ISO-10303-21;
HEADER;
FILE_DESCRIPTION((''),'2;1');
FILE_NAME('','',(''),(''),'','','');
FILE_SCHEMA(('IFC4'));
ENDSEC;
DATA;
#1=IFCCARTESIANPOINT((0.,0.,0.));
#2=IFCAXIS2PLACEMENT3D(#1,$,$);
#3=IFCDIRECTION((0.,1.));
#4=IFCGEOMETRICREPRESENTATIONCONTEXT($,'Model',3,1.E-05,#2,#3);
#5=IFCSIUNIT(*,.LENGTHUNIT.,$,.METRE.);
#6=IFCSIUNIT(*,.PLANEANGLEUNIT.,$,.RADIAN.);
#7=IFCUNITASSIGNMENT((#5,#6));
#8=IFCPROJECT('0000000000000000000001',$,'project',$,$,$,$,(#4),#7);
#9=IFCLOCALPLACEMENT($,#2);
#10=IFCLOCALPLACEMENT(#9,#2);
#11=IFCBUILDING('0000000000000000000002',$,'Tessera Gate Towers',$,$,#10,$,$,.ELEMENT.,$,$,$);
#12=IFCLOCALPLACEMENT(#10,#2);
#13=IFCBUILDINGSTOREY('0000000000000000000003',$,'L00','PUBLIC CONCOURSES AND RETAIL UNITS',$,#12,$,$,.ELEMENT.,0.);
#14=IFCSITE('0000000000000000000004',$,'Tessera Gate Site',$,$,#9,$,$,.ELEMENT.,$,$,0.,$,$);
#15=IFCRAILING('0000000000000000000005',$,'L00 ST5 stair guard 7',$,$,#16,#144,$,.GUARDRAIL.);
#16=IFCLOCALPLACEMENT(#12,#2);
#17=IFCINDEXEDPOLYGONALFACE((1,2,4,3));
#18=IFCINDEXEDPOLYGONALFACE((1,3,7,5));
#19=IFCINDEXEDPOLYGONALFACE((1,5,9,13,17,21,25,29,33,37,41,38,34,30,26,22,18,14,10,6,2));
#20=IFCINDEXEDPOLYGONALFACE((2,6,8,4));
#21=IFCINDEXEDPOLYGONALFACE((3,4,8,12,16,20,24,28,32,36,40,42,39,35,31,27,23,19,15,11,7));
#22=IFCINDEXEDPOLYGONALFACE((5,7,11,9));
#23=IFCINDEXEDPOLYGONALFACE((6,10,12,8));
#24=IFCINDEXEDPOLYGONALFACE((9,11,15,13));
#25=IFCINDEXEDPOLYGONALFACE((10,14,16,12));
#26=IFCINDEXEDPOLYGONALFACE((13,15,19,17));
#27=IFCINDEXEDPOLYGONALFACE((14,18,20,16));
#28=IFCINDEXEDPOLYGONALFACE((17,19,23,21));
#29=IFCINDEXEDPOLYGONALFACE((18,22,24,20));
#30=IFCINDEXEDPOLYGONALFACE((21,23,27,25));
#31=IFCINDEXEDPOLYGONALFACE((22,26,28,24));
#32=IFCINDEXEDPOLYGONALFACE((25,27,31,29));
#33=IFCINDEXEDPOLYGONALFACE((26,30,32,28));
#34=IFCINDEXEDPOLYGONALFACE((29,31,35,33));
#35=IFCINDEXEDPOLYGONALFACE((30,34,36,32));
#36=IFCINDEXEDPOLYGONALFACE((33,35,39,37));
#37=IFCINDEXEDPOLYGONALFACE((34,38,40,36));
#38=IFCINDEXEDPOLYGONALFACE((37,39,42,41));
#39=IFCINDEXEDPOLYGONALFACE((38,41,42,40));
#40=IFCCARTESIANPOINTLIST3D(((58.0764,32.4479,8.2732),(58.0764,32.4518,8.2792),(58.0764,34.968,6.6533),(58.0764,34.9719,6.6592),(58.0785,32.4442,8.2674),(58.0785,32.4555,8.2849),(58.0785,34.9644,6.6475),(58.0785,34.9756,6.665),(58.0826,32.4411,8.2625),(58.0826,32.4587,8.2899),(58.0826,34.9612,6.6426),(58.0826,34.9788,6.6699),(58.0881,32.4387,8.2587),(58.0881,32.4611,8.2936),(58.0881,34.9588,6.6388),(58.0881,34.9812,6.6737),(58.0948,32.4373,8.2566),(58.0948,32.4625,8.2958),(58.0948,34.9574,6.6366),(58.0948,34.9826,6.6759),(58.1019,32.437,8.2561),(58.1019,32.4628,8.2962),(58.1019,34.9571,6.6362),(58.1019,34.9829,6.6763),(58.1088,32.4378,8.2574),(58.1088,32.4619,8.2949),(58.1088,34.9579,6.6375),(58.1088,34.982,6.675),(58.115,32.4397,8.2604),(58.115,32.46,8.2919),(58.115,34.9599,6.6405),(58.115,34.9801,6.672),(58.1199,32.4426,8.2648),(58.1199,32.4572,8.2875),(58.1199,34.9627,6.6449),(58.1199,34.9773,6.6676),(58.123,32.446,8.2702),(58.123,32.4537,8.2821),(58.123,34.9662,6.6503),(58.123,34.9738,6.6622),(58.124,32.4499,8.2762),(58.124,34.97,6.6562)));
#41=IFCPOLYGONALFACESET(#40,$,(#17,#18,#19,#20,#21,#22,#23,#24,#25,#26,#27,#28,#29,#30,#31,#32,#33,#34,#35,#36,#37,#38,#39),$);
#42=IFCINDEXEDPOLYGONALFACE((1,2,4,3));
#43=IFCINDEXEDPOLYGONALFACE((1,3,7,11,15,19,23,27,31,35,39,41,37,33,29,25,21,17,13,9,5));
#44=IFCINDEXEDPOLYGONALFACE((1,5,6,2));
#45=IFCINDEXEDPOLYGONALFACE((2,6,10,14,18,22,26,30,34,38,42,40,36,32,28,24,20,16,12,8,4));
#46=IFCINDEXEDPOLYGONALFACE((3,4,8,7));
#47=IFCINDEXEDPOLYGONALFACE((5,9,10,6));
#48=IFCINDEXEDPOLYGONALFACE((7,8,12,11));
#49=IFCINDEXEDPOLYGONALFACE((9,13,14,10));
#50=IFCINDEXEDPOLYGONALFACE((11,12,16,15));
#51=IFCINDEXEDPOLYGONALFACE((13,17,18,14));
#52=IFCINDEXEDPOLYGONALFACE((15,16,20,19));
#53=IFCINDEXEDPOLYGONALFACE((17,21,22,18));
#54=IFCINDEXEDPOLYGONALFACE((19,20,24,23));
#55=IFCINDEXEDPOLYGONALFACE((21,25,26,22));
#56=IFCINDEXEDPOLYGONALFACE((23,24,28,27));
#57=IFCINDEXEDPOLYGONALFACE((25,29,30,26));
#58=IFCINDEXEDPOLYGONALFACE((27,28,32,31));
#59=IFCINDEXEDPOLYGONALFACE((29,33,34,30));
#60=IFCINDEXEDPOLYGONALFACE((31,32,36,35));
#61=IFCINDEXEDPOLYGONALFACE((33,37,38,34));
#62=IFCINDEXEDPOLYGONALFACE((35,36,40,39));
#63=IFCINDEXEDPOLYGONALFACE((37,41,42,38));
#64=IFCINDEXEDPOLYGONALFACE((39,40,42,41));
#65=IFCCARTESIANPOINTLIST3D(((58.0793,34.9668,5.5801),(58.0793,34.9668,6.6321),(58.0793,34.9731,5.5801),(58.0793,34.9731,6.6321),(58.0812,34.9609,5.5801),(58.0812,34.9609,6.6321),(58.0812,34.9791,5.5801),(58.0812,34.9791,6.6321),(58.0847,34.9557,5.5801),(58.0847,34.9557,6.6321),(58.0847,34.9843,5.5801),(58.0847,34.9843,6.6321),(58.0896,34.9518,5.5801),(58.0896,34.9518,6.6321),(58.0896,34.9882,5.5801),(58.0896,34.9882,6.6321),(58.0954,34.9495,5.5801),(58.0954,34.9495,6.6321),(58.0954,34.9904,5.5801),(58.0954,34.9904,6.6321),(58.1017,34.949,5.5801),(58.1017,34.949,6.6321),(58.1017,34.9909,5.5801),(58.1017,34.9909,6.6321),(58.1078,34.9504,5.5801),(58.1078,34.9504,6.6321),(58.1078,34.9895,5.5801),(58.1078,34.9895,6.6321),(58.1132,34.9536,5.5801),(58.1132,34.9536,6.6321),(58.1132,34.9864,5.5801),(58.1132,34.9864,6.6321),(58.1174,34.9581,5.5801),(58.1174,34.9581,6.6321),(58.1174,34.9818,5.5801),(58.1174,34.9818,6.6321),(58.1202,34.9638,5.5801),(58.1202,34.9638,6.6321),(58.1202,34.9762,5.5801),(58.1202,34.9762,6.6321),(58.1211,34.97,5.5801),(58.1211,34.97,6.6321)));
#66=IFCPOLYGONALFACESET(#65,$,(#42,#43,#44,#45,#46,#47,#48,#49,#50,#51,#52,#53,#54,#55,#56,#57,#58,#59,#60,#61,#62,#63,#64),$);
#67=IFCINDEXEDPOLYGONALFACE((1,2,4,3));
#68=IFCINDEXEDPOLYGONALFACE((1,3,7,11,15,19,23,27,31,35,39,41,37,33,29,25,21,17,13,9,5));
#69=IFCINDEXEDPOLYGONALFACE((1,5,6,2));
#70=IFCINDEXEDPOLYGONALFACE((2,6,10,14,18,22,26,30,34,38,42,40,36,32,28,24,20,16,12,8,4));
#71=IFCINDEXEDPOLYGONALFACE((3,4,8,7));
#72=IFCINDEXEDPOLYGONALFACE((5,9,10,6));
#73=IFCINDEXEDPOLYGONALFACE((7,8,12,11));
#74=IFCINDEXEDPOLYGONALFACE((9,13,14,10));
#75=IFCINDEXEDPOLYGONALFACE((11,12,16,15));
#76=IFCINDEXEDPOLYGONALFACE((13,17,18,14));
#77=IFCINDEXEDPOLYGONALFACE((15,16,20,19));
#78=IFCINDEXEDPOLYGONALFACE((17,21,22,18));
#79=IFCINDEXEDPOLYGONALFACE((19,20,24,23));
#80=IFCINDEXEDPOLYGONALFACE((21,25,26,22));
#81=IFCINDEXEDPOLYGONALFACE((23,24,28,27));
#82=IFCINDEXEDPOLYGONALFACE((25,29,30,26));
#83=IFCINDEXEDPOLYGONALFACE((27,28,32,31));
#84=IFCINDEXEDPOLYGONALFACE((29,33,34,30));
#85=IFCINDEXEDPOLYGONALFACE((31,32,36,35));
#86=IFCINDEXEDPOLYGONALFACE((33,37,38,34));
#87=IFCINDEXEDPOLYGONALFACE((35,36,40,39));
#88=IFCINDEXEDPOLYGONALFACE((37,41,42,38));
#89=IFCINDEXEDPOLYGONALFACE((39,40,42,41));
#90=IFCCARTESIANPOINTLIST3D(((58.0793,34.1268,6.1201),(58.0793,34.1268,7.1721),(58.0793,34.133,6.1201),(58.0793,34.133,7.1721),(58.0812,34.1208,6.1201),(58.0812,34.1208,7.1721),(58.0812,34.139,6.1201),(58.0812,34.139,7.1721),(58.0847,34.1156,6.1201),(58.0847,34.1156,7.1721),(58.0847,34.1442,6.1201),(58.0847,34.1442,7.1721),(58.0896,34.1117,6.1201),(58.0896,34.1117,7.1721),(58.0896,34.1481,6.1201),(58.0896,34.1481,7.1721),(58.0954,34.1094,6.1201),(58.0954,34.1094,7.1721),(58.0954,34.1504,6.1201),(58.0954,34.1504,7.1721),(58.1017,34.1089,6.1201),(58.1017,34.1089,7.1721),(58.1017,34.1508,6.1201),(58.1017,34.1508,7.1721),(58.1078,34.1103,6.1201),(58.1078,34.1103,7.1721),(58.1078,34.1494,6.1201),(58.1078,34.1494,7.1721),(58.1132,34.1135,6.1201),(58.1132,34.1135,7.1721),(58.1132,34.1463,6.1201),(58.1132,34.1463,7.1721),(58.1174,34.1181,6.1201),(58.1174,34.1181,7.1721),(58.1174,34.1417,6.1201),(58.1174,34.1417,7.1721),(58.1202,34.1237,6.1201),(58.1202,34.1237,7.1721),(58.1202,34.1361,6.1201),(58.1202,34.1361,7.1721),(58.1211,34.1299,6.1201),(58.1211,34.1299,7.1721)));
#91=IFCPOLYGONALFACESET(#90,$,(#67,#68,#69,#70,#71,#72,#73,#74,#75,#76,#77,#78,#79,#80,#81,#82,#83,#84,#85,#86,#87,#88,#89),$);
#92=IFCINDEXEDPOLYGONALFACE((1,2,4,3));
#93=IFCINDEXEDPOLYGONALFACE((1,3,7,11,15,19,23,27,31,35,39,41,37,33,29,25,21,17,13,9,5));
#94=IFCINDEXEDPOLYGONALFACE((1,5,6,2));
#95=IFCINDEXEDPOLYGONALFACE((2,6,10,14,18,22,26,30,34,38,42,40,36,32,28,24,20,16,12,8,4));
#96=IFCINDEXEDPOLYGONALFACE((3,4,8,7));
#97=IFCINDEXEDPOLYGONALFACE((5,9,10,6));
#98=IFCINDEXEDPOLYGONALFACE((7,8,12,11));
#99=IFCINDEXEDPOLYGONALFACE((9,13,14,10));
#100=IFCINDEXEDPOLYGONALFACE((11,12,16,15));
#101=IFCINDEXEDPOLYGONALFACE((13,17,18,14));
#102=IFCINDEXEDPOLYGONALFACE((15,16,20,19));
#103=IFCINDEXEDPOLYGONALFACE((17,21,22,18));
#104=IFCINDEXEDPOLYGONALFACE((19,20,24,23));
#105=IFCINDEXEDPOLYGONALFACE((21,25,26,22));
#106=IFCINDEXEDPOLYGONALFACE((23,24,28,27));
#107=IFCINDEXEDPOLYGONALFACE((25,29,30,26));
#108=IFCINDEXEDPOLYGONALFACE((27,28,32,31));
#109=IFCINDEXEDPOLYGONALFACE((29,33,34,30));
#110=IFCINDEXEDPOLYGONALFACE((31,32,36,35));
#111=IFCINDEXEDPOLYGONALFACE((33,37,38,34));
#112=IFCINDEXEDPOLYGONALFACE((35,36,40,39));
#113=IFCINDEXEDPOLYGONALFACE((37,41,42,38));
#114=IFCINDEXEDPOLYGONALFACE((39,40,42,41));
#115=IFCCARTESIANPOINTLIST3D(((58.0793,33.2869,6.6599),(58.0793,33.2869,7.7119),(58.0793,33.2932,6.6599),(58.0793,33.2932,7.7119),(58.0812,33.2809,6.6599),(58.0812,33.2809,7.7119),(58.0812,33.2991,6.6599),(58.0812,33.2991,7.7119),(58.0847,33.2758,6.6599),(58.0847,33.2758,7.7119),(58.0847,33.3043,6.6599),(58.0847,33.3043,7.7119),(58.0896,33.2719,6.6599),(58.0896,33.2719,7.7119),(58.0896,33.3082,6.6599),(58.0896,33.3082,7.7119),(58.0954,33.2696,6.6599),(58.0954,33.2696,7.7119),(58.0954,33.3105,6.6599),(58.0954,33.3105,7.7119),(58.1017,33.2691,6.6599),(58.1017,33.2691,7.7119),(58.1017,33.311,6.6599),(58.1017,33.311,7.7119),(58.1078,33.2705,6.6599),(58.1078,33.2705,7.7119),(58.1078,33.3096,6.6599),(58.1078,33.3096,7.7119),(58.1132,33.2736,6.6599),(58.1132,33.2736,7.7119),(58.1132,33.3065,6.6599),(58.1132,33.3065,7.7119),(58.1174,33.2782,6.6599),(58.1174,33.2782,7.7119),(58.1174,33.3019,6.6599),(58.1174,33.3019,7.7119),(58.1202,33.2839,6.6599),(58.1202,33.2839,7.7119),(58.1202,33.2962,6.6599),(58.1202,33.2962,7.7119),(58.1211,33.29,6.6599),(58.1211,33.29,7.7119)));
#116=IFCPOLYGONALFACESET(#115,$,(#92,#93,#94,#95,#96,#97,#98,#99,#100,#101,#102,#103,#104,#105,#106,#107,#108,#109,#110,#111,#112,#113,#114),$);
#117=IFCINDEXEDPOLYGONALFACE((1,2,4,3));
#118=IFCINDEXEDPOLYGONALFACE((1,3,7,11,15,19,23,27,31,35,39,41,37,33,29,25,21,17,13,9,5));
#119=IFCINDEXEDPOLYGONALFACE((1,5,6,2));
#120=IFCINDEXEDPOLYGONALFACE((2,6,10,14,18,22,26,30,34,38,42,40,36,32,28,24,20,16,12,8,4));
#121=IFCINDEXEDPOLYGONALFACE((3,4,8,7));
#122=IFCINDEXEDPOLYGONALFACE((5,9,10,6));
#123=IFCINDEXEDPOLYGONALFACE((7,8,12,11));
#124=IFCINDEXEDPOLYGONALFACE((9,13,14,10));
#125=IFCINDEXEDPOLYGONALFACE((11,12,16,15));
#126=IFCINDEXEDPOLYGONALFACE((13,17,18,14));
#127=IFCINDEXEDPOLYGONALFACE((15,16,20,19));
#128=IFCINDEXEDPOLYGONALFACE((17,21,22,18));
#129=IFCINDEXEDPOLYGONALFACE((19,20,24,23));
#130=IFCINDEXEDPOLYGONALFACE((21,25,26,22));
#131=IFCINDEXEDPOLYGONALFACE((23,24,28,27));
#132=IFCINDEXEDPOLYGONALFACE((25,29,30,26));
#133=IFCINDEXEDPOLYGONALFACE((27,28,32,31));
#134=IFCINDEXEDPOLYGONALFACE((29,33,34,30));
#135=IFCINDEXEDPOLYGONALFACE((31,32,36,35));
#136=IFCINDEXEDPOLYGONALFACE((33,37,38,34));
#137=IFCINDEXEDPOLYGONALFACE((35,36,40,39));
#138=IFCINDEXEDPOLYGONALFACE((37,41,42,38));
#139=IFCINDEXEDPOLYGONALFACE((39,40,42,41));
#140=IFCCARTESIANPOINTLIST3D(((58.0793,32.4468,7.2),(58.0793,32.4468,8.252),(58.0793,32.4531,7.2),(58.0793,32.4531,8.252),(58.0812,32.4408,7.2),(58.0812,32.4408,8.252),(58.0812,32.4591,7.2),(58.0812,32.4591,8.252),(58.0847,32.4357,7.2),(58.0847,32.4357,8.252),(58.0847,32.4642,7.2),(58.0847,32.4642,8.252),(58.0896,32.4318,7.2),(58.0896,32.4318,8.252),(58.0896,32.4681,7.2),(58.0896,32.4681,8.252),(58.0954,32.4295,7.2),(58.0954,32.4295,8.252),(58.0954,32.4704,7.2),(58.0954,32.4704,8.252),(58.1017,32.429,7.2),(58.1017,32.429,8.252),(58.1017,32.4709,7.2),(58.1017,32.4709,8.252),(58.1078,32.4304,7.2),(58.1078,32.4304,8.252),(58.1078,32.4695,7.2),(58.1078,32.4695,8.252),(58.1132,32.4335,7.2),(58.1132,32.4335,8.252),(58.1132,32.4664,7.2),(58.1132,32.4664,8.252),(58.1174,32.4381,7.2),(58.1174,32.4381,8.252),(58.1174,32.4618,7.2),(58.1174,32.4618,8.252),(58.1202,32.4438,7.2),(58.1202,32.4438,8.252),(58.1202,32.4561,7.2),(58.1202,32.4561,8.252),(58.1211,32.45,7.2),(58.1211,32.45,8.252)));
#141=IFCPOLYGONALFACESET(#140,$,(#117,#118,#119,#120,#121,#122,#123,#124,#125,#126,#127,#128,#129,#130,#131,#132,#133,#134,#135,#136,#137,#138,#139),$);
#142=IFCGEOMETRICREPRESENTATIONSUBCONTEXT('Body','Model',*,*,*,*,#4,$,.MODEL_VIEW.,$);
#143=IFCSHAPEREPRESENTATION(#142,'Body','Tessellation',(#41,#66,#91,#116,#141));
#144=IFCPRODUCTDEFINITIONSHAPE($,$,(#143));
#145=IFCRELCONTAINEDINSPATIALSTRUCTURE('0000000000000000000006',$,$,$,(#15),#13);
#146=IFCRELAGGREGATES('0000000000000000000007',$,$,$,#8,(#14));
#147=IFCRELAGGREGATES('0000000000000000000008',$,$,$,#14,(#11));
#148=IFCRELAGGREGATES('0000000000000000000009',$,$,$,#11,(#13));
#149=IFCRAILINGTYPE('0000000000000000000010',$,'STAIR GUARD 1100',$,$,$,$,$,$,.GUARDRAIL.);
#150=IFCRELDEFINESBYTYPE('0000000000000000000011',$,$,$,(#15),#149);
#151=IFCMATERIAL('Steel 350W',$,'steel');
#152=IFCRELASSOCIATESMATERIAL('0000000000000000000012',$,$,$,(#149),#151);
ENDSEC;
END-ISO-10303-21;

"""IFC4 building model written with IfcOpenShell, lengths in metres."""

from ifc_helpers import new_model, si_unit, direction, frame, origin, origin_2d, place, context, subcontext, project, spatial, circle, extrude, material, type_object, element, save


model = new_model("IFC4")

# Units and contexts
model_context = context("Model", 3, precision=1e-05, world=origin(), true_north=direction((0.0, 1.0)))
body_context = subcontext(model_context, "Body", "Model", "MODEL_VIEW")
ifc_project = project(units=[si_unit("LENGTHUNIT", "METRE"), si_unit("PLANEANGLEUNIT", "RADIAN")], contexts=[model_context])

# Site, building, storey
site_placement = place(None, origin())
site = spatial("IfcSite", under=ifc_project, at=site_placement, Name="Tessera Gate Site", CompositionType="ELEMENT", RefElevation=0.0)
building_placement = place(site_placement, origin())
building = spatial("IfcBuilding", under=site, at=building_placement, Name="Tessera Gate Towers", CompositionType="ELEMENT")
storey_placement = place(building_placement, origin())
storey = spatial("IfcBuildingStorey", under=building, at=storey_placement, Name="L00", Description="PUBLIC CONCOURSES AND RETAIL UNITS", CompositionType="ELEMENT", Elevation=0.0)

# Railing
ifc_material_1 = material(Name="Steel 350W", Category="steel")
railing_type_1 = type_object("IfcRailingType", Name="STAIR GUARD 1100", PredefinedType="GUARDRAIL", material=ifc_material_1)
railing_1_placement = place(storey_placement, frame((58.1001, 34.97, 5.5801)))
element("IfcRailing", 1, at=railing_1_placement, inside=storey, type_object=railing_type_1, Name="L00 ST5 stair guard 7", PredefinedType="GUARDRAIL", context=body_context, shape_type="SweptSolid", body=[
    extrude(circle(Radius=0.0239, at=origin_2d()), frame((0.0, 0.0, 1.0762), z_axis=(0.0, -0.8412, 0.540725), x_axis=(1.0, 0.0, 0.0)), (0.0, 0.0, 1.0), 2.9958),
    extrude(circle(Radius=0.021, at=origin_2d()), origin(), (0.0, 0.0, 1.0), 1.052),
    extrude(circle(Radius=0.021, at=origin_2d()), frame((0.0, -0.8401, 0.54)), (0.0, 0.0, 1.0), 1.052),
    extrude(circle(Radius=0.021, at=origin_2d()), frame((0.0, -1.6799, 1.0798)), (0.0, 0.0, 1.0), 1.052),
    extrude(circle(Radius=0.021, at=origin_2d()), frame((0.0, -2.52, 1.6199)), (0.0, 0.0, 1.0), 1.052),
])

save(model, "model.ifc")
